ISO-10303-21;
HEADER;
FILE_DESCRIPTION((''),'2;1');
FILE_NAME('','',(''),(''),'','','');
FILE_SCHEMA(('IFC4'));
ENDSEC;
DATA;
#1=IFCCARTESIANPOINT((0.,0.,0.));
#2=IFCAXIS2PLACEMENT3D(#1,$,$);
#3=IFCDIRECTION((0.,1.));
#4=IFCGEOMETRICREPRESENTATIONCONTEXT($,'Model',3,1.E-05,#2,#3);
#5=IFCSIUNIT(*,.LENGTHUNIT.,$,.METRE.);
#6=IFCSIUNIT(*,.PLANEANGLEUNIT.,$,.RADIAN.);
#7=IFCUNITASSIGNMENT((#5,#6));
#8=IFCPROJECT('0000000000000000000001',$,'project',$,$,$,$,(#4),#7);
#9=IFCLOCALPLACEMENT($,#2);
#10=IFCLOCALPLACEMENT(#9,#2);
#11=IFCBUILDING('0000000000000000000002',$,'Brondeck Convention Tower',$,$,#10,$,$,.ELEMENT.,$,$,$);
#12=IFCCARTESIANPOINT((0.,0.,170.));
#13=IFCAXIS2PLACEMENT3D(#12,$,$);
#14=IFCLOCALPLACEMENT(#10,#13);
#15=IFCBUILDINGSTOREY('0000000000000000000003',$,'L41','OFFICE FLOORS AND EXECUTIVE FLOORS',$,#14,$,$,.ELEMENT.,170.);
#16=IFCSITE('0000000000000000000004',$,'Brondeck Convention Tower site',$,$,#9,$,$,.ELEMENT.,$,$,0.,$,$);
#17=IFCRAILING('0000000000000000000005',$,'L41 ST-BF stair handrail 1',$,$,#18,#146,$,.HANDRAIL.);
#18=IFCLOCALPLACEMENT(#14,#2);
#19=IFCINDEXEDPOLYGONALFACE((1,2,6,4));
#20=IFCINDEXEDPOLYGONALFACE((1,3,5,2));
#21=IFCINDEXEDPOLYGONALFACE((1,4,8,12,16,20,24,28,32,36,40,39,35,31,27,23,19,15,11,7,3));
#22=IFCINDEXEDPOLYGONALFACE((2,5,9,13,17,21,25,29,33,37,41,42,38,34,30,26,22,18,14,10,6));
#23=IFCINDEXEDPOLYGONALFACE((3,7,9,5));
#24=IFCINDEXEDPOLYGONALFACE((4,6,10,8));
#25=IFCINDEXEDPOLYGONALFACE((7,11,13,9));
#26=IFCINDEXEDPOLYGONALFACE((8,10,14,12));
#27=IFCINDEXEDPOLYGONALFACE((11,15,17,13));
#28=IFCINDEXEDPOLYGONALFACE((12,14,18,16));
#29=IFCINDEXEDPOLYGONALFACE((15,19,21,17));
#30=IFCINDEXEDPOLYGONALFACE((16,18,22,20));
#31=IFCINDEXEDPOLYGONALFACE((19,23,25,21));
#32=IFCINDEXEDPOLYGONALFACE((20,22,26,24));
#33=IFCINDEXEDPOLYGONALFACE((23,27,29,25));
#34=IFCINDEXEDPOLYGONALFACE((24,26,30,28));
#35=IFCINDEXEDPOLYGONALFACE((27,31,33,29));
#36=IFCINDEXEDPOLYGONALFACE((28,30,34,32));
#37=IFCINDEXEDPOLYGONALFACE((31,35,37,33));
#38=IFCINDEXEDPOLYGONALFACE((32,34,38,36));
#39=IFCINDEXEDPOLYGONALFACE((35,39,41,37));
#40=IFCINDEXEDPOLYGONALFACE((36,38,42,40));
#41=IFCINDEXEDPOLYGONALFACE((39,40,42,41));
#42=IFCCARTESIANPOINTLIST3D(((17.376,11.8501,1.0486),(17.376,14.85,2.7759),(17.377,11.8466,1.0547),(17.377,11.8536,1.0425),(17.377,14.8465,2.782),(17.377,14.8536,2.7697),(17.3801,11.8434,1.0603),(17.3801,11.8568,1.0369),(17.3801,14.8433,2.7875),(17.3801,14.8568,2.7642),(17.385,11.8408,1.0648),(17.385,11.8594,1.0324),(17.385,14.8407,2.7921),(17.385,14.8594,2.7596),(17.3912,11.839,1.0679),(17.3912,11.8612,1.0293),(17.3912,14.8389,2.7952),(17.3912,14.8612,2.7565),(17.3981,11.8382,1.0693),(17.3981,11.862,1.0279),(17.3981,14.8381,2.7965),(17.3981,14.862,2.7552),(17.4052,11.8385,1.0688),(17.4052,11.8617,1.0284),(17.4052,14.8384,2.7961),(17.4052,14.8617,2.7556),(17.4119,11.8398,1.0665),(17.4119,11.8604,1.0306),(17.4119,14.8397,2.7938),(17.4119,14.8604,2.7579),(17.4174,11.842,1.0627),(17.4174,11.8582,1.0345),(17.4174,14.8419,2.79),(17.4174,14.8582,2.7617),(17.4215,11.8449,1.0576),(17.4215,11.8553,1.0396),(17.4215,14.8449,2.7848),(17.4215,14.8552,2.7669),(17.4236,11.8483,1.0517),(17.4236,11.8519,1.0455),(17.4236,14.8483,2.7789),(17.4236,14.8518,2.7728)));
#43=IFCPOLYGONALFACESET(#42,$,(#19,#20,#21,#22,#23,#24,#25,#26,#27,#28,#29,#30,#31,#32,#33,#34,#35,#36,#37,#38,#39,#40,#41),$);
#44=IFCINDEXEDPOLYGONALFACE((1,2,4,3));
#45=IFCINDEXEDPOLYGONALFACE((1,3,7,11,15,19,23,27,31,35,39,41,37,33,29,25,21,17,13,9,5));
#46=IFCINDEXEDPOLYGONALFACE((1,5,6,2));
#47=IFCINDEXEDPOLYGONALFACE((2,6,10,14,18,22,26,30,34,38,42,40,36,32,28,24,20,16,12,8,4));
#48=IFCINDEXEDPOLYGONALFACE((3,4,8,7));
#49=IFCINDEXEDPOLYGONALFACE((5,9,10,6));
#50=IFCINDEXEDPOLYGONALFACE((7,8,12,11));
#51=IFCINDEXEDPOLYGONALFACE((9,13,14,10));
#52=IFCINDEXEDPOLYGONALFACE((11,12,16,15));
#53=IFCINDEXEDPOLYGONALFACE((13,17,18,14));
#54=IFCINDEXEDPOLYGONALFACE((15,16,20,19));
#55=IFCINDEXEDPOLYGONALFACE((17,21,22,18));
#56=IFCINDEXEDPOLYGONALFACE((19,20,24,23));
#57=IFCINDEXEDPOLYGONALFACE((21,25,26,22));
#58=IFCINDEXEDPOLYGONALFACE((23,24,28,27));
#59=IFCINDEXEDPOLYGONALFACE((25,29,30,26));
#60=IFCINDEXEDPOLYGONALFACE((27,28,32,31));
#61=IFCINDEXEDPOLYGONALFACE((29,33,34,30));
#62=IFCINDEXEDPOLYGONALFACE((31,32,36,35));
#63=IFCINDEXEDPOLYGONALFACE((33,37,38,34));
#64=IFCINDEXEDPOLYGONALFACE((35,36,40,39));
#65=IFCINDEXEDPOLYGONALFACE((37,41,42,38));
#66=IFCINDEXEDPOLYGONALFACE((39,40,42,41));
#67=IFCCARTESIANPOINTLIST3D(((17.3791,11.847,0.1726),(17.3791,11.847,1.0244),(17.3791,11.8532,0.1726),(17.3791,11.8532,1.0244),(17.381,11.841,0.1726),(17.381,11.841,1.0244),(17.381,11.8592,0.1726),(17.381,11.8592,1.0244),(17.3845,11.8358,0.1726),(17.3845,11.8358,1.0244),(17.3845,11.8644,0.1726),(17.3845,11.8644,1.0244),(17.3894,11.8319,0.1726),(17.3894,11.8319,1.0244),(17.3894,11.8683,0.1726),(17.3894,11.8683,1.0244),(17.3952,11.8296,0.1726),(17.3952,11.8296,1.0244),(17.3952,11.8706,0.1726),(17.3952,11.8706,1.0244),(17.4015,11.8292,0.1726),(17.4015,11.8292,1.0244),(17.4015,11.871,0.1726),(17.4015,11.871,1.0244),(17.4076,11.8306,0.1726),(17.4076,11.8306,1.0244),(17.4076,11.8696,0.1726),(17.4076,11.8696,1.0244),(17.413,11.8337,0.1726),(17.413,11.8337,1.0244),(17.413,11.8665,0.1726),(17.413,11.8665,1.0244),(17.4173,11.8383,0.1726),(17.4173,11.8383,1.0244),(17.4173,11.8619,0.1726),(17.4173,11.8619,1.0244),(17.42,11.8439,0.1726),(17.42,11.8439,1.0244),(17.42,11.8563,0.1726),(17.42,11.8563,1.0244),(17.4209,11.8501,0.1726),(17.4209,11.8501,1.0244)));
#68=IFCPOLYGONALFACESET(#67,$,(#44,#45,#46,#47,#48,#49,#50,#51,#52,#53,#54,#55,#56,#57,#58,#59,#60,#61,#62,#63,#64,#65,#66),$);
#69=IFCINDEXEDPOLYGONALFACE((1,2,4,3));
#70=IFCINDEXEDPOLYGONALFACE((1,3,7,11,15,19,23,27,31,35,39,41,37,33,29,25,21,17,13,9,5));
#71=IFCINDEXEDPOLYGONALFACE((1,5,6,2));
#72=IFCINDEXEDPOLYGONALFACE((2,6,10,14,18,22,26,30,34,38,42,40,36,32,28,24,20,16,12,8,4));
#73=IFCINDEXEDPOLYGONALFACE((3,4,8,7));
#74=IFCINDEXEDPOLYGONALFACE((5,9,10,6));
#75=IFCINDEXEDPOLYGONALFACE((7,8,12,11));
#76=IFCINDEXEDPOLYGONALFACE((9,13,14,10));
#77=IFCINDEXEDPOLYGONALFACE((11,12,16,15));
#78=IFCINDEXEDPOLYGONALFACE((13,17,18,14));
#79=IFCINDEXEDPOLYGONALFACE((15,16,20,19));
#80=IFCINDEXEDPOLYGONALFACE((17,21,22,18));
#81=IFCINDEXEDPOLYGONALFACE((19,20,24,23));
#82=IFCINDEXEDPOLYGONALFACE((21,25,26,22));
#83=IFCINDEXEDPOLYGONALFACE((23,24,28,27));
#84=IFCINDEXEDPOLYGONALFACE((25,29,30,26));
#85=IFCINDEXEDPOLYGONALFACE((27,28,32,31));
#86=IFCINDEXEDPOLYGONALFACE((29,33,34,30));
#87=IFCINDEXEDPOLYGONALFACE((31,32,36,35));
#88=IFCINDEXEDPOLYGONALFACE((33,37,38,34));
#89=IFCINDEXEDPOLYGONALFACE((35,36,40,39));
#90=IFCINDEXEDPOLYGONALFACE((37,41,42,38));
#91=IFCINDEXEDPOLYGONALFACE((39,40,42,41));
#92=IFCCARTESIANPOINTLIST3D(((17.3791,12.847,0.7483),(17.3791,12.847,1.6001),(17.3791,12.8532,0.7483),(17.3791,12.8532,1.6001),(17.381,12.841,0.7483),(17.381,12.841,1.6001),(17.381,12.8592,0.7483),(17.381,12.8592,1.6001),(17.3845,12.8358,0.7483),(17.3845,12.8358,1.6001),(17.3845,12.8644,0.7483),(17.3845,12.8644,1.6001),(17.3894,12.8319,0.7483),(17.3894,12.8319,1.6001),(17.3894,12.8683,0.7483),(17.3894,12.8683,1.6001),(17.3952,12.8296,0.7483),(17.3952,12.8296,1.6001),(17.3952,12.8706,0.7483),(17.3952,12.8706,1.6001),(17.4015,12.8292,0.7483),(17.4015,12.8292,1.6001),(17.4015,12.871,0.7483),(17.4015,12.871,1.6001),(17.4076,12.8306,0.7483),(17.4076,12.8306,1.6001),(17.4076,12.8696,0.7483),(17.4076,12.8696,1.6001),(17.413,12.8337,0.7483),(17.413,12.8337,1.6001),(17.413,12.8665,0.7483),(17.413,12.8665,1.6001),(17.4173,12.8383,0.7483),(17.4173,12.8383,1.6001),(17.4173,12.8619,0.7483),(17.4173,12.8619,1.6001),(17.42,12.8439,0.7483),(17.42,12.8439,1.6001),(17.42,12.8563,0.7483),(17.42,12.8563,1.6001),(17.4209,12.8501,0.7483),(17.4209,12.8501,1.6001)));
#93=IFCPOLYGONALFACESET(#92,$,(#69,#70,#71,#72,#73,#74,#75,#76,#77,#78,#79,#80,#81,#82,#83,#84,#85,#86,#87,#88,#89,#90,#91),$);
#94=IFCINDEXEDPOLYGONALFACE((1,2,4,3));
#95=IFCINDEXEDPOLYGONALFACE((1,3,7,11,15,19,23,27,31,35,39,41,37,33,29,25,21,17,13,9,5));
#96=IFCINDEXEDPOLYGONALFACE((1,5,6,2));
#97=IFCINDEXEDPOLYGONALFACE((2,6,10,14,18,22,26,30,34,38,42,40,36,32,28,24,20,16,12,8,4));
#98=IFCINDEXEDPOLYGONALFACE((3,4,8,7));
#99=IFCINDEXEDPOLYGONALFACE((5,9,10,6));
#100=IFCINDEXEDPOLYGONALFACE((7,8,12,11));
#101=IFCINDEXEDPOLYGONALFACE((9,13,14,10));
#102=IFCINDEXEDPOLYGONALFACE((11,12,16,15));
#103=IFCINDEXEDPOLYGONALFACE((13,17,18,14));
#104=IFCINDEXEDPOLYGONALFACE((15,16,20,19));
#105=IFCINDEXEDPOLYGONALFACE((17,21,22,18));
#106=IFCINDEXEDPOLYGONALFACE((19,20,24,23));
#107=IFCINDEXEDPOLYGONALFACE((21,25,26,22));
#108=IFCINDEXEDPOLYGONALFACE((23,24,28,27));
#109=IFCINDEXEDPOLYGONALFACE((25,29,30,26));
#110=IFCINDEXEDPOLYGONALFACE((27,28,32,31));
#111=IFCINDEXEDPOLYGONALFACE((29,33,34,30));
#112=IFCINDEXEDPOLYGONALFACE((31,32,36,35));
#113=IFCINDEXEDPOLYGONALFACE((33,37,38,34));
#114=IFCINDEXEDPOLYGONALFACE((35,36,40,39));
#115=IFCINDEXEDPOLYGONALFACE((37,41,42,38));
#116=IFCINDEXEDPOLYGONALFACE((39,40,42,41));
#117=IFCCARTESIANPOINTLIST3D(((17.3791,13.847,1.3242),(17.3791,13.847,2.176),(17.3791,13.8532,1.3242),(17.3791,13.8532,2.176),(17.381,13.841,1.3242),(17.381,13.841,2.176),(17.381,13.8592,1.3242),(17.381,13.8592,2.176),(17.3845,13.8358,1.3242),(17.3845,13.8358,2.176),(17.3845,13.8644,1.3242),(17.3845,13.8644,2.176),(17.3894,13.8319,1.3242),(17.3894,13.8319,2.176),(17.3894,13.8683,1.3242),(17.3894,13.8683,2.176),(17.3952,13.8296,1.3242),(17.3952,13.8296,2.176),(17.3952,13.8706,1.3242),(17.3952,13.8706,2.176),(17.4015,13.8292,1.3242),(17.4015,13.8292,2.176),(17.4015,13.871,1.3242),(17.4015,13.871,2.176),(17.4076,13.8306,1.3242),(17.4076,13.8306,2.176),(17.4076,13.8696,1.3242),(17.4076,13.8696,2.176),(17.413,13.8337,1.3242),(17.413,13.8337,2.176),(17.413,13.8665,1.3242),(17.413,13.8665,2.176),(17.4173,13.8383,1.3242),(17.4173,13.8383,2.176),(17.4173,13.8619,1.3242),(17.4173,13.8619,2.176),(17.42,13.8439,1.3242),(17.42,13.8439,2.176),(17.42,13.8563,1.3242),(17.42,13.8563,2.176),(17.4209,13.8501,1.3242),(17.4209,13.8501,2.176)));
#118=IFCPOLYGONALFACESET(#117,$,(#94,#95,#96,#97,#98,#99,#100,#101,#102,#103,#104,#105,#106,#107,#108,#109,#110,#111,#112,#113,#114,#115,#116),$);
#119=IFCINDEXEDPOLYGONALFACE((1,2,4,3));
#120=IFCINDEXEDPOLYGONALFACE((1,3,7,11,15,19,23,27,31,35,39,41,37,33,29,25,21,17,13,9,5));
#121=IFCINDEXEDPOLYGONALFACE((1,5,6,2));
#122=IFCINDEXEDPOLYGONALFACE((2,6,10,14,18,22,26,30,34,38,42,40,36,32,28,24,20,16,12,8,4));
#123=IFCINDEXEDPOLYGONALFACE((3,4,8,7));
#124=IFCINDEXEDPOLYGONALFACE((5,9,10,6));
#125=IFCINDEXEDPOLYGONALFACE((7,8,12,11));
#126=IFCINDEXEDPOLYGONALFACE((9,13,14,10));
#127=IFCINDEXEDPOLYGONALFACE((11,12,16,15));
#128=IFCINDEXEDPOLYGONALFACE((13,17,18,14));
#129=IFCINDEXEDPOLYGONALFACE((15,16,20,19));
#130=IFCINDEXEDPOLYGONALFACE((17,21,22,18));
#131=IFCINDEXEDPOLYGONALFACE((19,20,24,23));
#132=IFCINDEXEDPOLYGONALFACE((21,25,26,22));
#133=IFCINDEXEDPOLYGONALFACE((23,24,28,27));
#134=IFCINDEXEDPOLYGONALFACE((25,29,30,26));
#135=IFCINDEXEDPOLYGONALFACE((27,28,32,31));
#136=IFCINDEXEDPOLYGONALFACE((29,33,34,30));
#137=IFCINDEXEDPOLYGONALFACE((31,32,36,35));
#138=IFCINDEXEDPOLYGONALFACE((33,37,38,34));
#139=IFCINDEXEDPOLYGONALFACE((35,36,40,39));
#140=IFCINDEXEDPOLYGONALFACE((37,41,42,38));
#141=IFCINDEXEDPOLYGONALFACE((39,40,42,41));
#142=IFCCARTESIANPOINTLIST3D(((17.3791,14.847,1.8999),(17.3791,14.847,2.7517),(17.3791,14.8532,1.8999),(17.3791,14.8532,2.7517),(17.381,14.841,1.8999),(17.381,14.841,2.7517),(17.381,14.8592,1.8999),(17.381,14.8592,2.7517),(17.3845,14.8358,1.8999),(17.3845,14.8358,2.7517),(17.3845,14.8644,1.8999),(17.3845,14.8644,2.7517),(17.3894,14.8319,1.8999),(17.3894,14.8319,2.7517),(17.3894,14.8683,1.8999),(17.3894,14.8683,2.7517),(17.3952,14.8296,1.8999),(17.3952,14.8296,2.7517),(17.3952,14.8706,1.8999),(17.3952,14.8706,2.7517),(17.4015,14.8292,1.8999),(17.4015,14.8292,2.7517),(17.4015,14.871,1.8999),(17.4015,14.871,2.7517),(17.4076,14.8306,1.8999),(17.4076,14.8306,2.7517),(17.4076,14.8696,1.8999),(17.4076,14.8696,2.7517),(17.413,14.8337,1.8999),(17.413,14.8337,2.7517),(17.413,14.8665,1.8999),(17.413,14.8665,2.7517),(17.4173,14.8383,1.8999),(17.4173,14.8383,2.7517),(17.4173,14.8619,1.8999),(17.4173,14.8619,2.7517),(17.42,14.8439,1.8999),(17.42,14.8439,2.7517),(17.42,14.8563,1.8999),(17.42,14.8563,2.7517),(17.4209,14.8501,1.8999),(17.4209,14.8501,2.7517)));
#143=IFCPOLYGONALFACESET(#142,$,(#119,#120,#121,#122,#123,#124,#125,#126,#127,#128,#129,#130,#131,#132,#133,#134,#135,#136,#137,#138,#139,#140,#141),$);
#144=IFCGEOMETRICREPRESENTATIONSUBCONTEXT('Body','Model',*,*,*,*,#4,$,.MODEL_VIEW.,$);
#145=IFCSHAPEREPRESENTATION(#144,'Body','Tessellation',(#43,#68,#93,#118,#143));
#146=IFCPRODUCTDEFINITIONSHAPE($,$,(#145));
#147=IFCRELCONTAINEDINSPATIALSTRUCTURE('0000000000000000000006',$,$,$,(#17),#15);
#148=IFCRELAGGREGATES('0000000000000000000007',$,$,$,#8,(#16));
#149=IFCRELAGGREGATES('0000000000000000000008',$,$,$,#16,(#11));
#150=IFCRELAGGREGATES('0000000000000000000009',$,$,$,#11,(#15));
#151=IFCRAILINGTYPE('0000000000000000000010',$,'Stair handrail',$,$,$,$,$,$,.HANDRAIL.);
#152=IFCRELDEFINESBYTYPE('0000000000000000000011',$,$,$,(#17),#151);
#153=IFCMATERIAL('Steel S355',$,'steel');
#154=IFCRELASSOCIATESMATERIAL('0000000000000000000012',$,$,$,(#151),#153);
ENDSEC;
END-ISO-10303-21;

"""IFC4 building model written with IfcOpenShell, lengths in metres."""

from ifc_helpers import new_model, si_unit, direction, frame, origin, origin_2d, place, context, subcontext, project, spatial, circle, extrude, material, type_object, element, save


model = new_model("IFC4")

# Units and contexts
model_context = context("Model", 3, precision=1e-05, world=origin(), true_north=direction((0.0, 1.0)))
body_context = subcontext(model_context, "Body", "Model", "MODEL_VIEW")
ifc_project = project(units=[si_unit("LENGTHUNIT", "METRE"), si_unit("PLANEANGLEUNIT", "RADIAN")], contexts=[model_context])

# Site, building, storey
site_placement = place(None, origin())
site = spatial("IfcSite", under=ifc_project, at=site_placement, Name="Brondeck Convention Tower site", CompositionType="ELEMENT", RefElevation=0.0)
building_placement = place(site_placement, origin())
building = spatial("IfcBuilding", under=site, at=building_placement, Name="Brondeck Convention Tower", CompositionType="ELEMENT")
storey_placement = place(building_placement, frame((0.0, 0.0, 170.0)))
storey = spatial("IfcBuildingStorey", under=building, at=storey_placement, Name="L41", Description="OFFICE FLOORS AND EXECUTIVE FLOORS", CompositionType="ELEMENT", Elevation=170.0)

# Shared definitions
ifc_material_1 = material(Name="Steel S355", Category="steel")

# Railing
railing_type_1 = type_object("IfcRailingType", Name="Stair handrail", PredefinedType="HANDRAIL", material=ifc_material_1)
railing_1_placement = place(storey_placement, frame((17.3999, 11.8501, 0.1726)))
element("IfcRailing", 1, at=railing_1_placement, inside=storey, type_object=railing_type_1, Name="L41 ST-BF stair handrail 1", PredefinedType="HANDRAIL", context=body_context, shape_type="SweptSolid", body=[
    extrude(circle(Radius=0.0239, at=origin_2d()), frame((0.0, 0.0, 0.876), z_axis=(0.0, 0.86662, 0.498969), x_axis=(-1.0, 0.0, 0.0)), (0.0, 0.0, 1.0), 3.4617),
    extrude(circle(Radius=0.021, at=origin_2d()), origin(), (0.0, 0.0, 1.0), 0.8518),
    extrude(circle(Radius=0.021, at=origin_2d()), frame((0.0, 1.0, 0.5757)), (0.0, 0.0, 1.0), 0.8518),
    extrude(circle(Radius=0.021, at=origin_2d()), frame((0.0, 2.0, 1.1516)), (0.0, 0.0, 1.0), 0.8518),
    extrude(circle(Radius=0.021, at=origin_2d()), frame((0.0, 3.0, 1.7273)), (0.0, 0.0, 1.0), 0.8518),
])

save(model, "model.ifc")
